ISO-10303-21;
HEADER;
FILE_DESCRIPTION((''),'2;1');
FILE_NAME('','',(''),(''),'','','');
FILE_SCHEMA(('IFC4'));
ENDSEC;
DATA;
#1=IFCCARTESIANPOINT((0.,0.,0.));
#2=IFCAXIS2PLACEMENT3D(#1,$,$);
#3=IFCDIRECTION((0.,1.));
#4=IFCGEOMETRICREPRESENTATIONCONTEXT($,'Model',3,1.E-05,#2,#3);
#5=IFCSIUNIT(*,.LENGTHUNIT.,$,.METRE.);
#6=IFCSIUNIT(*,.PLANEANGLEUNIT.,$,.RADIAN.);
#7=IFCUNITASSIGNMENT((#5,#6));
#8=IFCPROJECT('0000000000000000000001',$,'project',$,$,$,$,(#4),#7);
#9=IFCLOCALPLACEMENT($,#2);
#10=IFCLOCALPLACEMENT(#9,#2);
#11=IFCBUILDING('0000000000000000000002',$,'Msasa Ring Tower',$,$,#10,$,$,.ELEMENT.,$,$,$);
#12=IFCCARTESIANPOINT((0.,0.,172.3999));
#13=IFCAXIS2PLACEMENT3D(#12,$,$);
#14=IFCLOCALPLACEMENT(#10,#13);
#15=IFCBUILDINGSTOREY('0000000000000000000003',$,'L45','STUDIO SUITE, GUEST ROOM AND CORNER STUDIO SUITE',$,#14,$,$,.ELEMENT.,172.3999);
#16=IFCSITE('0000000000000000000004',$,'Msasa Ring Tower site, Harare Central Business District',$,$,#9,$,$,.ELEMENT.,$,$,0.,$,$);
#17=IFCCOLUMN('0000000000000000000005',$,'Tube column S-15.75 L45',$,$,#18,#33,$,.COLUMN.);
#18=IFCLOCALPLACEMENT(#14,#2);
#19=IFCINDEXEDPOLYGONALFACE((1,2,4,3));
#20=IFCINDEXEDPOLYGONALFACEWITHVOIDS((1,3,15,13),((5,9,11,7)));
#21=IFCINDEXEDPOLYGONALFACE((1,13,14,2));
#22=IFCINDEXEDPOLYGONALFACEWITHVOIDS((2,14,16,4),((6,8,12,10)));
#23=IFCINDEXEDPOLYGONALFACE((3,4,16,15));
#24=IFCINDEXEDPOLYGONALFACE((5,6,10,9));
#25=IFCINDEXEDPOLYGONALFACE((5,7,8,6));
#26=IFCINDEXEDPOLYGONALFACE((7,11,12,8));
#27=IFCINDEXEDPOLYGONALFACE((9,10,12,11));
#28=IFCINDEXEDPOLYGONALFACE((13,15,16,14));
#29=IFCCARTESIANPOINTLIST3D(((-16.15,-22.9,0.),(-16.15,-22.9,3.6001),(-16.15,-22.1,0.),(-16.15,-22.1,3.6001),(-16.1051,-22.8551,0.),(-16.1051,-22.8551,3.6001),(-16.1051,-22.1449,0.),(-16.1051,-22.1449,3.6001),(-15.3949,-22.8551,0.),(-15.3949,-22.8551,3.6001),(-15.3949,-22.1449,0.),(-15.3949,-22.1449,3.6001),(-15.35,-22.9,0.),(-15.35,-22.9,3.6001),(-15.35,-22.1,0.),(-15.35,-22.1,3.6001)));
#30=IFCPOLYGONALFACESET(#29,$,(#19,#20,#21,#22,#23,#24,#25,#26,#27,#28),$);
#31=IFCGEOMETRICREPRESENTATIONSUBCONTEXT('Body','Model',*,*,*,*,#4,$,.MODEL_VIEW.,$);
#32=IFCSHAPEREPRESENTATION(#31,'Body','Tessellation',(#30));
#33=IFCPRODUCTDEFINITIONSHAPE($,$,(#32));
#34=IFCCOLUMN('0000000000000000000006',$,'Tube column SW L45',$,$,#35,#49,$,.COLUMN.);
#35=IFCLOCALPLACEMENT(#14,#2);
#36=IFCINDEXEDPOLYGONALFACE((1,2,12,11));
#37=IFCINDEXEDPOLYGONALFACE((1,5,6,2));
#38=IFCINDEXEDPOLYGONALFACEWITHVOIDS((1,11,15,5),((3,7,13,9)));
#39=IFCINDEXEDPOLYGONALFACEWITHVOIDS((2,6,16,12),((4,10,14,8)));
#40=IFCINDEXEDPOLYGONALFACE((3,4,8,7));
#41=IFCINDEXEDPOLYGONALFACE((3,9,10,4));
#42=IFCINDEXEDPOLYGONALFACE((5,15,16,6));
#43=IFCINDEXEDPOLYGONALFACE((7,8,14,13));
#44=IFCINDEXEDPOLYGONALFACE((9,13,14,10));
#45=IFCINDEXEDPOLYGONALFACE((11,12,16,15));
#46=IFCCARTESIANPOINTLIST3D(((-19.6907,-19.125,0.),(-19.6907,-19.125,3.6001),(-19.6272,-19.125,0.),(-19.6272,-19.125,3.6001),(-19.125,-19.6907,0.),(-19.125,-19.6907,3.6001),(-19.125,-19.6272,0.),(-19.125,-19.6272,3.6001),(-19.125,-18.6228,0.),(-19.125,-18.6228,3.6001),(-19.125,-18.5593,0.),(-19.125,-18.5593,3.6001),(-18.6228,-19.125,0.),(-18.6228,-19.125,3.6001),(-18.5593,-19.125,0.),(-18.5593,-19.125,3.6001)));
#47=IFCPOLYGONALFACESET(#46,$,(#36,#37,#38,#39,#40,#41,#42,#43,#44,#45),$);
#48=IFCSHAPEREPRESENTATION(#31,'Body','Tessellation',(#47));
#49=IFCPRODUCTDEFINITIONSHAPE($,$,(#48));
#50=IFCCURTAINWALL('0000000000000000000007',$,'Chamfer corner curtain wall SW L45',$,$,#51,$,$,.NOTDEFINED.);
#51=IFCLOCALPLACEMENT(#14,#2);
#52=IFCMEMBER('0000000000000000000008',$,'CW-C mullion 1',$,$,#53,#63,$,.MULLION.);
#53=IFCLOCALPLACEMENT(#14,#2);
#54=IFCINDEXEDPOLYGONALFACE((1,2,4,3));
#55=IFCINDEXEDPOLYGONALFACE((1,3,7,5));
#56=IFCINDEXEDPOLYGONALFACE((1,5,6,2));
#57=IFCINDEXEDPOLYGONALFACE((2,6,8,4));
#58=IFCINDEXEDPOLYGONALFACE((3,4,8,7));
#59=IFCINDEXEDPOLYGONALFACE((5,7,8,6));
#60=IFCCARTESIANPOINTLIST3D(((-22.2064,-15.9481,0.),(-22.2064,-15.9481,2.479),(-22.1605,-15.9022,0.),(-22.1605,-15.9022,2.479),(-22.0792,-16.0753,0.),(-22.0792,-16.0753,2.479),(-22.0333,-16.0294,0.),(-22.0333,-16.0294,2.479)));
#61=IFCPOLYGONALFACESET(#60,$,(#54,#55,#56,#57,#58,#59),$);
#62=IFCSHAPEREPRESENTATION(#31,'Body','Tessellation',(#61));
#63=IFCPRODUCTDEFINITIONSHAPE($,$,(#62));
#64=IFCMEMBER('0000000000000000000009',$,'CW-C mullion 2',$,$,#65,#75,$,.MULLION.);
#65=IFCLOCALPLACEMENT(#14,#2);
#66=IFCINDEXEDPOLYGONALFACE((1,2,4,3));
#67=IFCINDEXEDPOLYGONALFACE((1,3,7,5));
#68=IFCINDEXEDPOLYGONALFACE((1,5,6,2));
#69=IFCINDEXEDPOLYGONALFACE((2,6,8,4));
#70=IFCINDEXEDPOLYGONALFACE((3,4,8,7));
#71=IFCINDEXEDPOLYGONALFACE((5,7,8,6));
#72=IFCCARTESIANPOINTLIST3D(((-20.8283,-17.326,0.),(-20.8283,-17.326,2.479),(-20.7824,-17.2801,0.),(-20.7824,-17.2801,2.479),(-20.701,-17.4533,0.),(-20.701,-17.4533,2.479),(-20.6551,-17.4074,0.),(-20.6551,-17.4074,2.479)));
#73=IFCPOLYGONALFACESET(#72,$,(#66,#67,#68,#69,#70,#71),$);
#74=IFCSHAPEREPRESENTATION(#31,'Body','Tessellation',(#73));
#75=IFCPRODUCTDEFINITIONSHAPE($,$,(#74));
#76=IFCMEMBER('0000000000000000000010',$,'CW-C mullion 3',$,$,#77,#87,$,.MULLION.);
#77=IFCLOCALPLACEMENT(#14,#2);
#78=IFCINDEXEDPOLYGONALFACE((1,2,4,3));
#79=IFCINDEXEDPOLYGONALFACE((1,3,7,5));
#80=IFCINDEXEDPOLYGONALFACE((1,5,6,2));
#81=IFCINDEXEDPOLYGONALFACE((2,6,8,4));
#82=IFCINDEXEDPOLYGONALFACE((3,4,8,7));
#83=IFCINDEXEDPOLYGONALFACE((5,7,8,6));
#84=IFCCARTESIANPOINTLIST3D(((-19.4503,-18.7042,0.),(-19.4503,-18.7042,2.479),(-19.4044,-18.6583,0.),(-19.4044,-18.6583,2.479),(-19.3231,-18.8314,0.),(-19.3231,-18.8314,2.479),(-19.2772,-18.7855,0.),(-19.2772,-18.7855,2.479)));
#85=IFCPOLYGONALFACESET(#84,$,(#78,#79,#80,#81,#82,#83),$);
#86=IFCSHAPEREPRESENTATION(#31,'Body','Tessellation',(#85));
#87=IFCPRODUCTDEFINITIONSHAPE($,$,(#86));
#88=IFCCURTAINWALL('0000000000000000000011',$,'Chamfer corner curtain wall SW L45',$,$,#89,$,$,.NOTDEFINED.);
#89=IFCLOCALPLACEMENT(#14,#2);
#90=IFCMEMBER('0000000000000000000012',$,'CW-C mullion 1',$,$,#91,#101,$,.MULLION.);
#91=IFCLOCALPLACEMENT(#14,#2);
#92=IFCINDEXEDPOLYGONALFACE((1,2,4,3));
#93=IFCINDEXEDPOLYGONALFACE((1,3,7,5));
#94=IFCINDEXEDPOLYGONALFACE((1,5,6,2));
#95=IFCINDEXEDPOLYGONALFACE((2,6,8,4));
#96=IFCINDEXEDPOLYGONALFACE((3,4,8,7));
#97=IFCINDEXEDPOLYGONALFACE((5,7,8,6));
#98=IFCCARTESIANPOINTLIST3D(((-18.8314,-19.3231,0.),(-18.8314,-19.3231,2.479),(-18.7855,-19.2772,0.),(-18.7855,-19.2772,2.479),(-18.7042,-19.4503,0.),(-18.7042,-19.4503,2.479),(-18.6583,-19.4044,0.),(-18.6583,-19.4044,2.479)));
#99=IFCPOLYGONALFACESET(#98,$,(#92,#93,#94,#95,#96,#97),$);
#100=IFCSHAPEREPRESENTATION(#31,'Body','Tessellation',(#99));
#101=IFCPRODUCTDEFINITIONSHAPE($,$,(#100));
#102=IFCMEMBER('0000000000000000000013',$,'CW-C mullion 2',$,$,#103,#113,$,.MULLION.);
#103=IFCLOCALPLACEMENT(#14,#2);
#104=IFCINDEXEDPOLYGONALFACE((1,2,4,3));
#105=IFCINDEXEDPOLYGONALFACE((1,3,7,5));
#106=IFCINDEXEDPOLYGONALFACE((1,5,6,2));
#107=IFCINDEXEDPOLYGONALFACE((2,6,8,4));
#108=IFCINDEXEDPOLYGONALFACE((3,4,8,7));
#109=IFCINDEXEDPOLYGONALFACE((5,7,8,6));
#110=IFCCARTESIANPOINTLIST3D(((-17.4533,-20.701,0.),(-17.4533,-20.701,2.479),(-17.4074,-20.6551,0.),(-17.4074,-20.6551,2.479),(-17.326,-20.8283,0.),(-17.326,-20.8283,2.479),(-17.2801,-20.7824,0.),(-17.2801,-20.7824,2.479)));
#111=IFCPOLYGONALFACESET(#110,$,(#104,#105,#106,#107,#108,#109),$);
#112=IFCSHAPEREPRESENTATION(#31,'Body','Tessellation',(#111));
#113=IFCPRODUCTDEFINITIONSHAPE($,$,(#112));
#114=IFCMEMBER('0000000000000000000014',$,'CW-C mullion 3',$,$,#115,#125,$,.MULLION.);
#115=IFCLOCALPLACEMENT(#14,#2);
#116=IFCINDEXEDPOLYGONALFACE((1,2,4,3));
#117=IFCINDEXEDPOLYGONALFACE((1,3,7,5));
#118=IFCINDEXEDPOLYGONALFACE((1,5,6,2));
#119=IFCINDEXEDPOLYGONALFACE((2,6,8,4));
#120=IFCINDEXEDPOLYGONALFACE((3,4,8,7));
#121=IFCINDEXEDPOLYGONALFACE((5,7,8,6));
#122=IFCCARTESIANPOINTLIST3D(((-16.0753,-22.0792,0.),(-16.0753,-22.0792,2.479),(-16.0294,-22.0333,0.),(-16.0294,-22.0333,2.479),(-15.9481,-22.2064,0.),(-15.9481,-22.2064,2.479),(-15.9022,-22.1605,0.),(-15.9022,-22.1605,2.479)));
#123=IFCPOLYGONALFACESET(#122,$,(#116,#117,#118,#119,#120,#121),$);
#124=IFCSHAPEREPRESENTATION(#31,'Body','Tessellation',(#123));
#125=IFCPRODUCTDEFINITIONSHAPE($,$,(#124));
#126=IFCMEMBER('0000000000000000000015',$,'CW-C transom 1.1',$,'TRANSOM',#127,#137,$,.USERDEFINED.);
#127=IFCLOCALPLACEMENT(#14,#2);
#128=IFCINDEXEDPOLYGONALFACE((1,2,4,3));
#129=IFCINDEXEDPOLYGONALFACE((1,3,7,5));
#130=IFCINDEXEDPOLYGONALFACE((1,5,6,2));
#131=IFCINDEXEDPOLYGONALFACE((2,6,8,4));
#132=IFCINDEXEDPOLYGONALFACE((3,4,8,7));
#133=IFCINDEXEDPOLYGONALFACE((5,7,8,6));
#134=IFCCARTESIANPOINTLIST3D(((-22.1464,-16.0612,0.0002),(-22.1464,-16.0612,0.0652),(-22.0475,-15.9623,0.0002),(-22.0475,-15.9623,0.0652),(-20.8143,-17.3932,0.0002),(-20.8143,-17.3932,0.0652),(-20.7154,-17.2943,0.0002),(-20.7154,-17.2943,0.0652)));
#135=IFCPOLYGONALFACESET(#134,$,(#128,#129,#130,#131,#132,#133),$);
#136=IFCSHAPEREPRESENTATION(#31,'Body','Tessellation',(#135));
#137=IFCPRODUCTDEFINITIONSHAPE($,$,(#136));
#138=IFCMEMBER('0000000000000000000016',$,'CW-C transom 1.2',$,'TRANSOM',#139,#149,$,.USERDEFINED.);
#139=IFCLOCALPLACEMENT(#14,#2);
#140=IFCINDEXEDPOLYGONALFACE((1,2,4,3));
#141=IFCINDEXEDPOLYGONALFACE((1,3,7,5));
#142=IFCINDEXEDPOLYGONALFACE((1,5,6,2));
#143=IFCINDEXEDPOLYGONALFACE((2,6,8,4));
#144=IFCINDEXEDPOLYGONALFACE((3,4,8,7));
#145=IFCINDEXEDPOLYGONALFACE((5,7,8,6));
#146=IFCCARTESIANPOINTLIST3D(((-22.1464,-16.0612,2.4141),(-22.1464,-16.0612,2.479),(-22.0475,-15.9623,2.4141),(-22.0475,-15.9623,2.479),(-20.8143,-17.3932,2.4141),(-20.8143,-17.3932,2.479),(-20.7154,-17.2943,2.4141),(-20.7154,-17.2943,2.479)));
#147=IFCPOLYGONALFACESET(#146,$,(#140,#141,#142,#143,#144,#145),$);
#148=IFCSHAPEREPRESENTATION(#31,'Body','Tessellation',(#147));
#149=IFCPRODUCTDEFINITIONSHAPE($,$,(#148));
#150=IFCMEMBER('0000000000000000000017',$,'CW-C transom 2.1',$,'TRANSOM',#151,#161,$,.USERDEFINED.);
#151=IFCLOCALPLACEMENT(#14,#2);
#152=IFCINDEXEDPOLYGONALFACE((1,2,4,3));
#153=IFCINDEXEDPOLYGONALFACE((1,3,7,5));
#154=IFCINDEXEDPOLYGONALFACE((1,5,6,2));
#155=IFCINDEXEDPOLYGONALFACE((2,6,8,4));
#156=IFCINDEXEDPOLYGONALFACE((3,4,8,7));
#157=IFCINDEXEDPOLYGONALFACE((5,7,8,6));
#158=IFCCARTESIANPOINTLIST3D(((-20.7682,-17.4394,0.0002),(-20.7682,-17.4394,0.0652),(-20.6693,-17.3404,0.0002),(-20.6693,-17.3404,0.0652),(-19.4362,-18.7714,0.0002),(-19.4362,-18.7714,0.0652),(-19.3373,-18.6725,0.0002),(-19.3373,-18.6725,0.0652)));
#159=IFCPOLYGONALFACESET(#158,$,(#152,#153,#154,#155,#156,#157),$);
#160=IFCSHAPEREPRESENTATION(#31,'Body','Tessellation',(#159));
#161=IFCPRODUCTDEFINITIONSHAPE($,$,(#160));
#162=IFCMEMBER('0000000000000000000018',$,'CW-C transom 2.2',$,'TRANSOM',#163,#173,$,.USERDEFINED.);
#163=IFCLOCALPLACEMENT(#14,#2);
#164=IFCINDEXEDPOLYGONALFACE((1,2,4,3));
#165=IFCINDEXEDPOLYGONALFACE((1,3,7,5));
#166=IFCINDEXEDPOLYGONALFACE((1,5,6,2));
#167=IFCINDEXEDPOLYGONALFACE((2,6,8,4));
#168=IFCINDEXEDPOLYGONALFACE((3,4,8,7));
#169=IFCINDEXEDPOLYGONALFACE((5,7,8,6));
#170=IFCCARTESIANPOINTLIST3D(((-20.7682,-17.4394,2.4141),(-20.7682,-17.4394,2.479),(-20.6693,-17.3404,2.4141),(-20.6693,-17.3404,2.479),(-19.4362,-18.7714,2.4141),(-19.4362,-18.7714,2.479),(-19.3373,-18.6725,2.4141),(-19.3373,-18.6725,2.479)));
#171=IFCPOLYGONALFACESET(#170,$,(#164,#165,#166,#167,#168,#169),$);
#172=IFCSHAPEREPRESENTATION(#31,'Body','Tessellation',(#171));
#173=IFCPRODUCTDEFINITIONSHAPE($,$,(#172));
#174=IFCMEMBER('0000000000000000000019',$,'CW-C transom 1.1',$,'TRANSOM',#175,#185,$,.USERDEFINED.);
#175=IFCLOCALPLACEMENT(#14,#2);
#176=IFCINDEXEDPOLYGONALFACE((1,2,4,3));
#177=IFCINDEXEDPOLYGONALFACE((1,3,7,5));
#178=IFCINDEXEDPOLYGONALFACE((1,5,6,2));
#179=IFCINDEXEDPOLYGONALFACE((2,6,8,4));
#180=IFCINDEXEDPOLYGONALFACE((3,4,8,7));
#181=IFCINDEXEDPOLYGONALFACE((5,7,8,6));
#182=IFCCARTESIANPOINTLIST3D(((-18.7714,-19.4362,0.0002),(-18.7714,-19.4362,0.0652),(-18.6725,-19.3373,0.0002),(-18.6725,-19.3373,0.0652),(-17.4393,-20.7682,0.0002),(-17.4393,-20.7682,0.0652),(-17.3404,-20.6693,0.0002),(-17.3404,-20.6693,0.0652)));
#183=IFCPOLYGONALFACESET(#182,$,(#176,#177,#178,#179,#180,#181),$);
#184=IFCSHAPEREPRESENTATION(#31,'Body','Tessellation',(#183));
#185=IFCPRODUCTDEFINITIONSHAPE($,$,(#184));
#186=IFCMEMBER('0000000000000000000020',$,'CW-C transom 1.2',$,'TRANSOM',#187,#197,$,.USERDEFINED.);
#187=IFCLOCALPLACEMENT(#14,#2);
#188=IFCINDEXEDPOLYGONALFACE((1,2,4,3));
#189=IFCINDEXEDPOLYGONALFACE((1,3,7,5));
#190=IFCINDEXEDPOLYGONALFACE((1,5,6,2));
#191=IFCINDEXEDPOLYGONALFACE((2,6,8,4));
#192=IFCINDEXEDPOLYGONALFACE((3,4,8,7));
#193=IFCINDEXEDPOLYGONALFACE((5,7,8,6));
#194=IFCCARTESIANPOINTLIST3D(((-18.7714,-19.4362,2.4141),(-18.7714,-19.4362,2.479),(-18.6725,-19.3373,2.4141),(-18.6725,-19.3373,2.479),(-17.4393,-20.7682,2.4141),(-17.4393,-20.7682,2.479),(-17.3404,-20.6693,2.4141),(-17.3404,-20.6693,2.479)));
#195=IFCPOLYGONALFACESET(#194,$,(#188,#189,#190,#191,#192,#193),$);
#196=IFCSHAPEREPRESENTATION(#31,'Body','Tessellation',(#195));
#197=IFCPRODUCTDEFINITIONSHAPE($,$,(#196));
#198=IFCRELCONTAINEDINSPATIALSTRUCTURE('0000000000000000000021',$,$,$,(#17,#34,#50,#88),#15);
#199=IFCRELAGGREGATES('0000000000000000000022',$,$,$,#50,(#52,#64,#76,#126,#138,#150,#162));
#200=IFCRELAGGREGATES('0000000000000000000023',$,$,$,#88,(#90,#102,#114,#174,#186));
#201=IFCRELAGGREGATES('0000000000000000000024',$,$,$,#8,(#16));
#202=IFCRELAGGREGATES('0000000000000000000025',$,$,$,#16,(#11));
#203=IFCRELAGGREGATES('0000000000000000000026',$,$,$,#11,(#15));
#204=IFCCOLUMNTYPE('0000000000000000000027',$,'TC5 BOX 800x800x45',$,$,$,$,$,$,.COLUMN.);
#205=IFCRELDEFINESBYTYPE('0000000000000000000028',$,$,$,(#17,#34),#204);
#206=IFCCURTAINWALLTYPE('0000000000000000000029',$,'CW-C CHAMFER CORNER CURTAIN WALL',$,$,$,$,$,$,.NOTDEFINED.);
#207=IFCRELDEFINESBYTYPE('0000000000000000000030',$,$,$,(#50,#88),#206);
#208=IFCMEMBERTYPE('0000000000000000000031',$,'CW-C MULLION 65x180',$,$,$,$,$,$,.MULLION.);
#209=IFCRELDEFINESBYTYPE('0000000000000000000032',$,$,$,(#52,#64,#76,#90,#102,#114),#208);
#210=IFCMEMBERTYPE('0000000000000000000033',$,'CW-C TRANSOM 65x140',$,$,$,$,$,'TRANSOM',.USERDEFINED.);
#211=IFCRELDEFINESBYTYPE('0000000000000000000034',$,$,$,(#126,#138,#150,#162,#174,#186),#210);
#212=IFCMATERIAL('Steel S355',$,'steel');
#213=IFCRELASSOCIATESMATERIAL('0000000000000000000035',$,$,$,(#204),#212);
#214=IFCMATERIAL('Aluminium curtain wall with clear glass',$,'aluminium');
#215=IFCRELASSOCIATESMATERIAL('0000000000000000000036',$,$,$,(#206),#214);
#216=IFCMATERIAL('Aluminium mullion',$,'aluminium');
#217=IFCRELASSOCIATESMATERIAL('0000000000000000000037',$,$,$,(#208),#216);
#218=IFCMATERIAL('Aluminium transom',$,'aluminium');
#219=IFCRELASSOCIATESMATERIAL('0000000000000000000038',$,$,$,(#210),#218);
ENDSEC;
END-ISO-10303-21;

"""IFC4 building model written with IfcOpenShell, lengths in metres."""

from ifc_helpers import new_model, si_unit, direction, frame, origin, origin_2d, place, context, subcontext, project, spatial, rectangle, hollow_rectangle, extrude, material, material_profile, profile_set, type_object, element, aggregate, save


model = new_model("IFC4")

# Units and contexts
model_context = context("Model", 3, precision=1e-05, world=origin(), true_north=direction((0.0, 1.0)))
body_context = subcontext(model_context, "Body", "Model", "MODEL_VIEW")
ifc_project = project(units=[si_unit("LENGTHUNIT", "METRE"), si_unit("PLANEANGLEUNIT", "RADIAN")], contexts=[model_context])

# Site, building, storey
site_placement = place(None, origin())
site = spatial("IfcSite", under=ifc_project, at=site_placement, Name="Msasa Ring Tower site, Harare Central Business District", CompositionType="ELEMENT", RefElevation=0.0)
building_placement = place(site_placement, origin())
building = spatial("IfcBuilding", under=site, at=building_placement, Name="Msasa Ring Tower", CompositionType="ELEMENT")
storey_placement = place(building_placement, frame((0.0, 0.0, 172.3999)))
storey = spatial("IfcBuildingStorey", under=building, at=storey_placement, Name="L45", Description="STUDIO SUITE, GUEST ROOM AND CORNER STUDIO SUITE", CompositionType="ELEMENT", Elevation=172.3999)

# Columns
ifc_material_1 = material(Name="Steel S355", Category="steel")
ifc_material_profile_1 = material_profile(ifc_material_1, hollow_rectangle(XDim=0.8, YDim=0.8, WallThickness=0.0449, at=origin_2d()), Name="BOX 800x800x45")
ifc_profile_set_1 = profile_set([ifc_material_profile_1], Name="Steel S355")
column_type = type_object("IfcColumnType", Name="TC5 BOX 800x800x45", PredefinedType="COLUMN", material=ifc_profile_set_1)
for number, where, z_axis, x_axis, name in (
    (1, (-15.75, -22.5, 0.0), (0.0, 0.0, 1.0), (0.0, 1.0, 0.0), "Tube column S-15.75 L45"),
    (2, (-19.125, -19.125, 0.0), (0.0, 0.0, 1.0), (0.707107, 0.707107, 0.0), "Tube column SW L45"),
):
    element("IfcColumn", number, at=place(storey_placement, frame(where, z_axis=z_axis, x_axis=x_axis)), inside=storey, type_object=column_type, Name=name, PredefinedType="COLUMN", context=body_context, shape_type="SweptSolid", body=[
        extrude(hollow_rectangle(XDim=0.8, YDim=0.8, WallThickness=0.0449, at=origin_2d()), origin(), (0.0, 0.0, 1.0), 3.6001),
    ])

# Curtain walls, members
ifc_material_2 = material(Name="Aluminium curtain wall with clear glass", Category="aluminium")
curtain_wall_type = type_object("IfcCurtainWallType", Name="CW-C CHAMFER CORNER CURTAIN WALL", PredefinedType="NOTDEFINED", material=ifc_material_2)
curtain_wall_1_placement = place(storey_placement, origin())
curtain_wall_1 = element("IfcCurtainWall", 3, at=curtain_wall_1_placement, inside=storey, type_object=curtain_wall_type, Name="Chamfer corner curtain wall SW L45", PredefinedType="NOTDEFINED")
ifc_material_3 = material(Name="Aluminium mullion", Category="aluminium")
ifc_material_profile_2 = material_profile(ifc_material_3, rectangle(XDim=0.0649, YDim=0.1799, at=origin_2d()), Name="AL 65x180")
ifc_profile_set_2 = profile_set([ifc_material_profile_2], Name="Aluminium mullion")
member_type_1 = type_object("IfcMemberType", Name="CW-C MULLION 65x180", PredefinedType="MULLION", material=ifc_profile_set_2)
member_1_placement = place(storey_placement, frame((-22.1199, -15.9888, 0.0), z_axis=(0.0, 0.0, 1.0), x_axis=(0.707107, 0.707107, 0.0)))
member_1 = element("IfcMember", 4, at=member_1_placement, type_object=member_type_1, Name="CW-C mullion 1", PredefinedType="MULLION", context=body_context, shape_type="SweptSolid", body=[
    extrude(rectangle(XDim=0.0649, YDim=0.1799, at=origin_2d()), origin(), (0.0, 0.0, 1.0), 2.479),
])
member_2_placement = place(storey_placement, frame((-20.7417, -17.3667, 0.0), z_axis=(0.0, 0.0, 1.0), x_axis=(0.707107, 0.707107, 0.0)))
member_2 = element("IfcMember", 5, at=member_2_placement, type_object=member_type_1, Name="CW-C mullion 2", PredefinedType="MULLION", context=body_context, shape_type="SweptSolid", body=[
    extrude(rectangle(XDim=0.0649, YDim=0.1799, at=origin_2d()), origin(), (0.0, 0.0, 1.0), 2.479),
])
member_3_placement = place(storey_placement, frame((-19.3638, -18.7449, 0.0), z_axis=(0.0, 0.0, 1.0), x_axis=(0.707107, 0.707107, 0.0)))
member_3 = element("IfcMember", 6, at=member_3_placement, type_object=member_type_1, Name="CW-C mullion 3", PredefinedType="MULLION", context=body_context, shape_type="SweptSolid", body=[
    extrude(rectangle(XDim=0.0649, YDim=0.1799, at=origin_2d()), origin(), (0.0, 0.0, 1.0), 2.479),
])
curtain_wall_2_placement = place(storey_placement, origin())
curtain_wall_2 = element("IfcCurtainWall", 7, at=curtain_wall_2_placement, inside=storey, type_object=curtain_wall_type, Name="Chamfer corner curtain wall SW L45", PredefinedType="NOTDEFINED")
member_4_placement = place(storey_placement, frame((-18.7449, -19.3638, 0.0), z_axis=(0.0, 0.0, 1.0), x_axis=(0.707107, 0.707107, 0.0)))
member_4 = element("IfcMember", 8, at=member_4_placement, type_object=member_type_1, Name="CW-C mullion 1", PredefinedType="MULLION", context=body_context, shape_type="SweptSolid", body=[
    extrude(rectangle(XDim=0.0649, YDim=0.1799, at=origin_2d()), origin(), (0.0, 0.0, 1.0), 2.479),
])
member_5_placement = place(storey_placement, frame((-17.3667, -20.7417, 0.0), z_axis=(0.0, 0.0, 1.0), x_axis=(0.707107, 0.707107, 0.0)))
member_5 = element("IfcMember", 9, at=member_5_placement, type_object=member_type_1, Name="CW-C mullion 2", PredefinedType="MULLION", context=body_context, shape_type="SweptSolid", body=[
    extrude(rectangle(XDim=0.0649, YDim=0.1799, at=origin_2d()), origin(), (0.0, 0.0, 1.0), 2.479),
])
member_6_placement = place(storey_placement, frame((-15.9888, -22.1199, 0.0), z_axis=(0.0, 0.0, 1.0), x_axis=(0.707107, 0.707107, 0.0)))
member_6 = element("IfcMember", 10, at=member_6_placement, type_object=member_type_1, Name="CW-C mullion 3", PredefinedType="MULLION", context=body_context, shape_type="SweptSolid", body=[
    extrude(rectangle(XDim=0.0649, YDim=0.1799, at=origin_2d()), origin(), (0.0, 0.0, 1.0), 2.479),
])

# Members
ifc_material_4 = material(Name="Aluminium transom", Category="aluminium")
ifc_material_profile_3 = material_profile(ifc_material_4, rectangle(XDim=0.1399, YDim=0.0649, at=origin_2d()), Name="AL 65x140")
ifc_profile_set_3 = profile_set([ifc_material_profile_3], Name="Aluminium transom")
member_type_2 = type_object("IfcMemberType", Name="CW-C TRANSOM 65x140", ElementType="TRANSOM", PredefinedType="USERDEFINED", material=ifc_profile_set_3)
member_7_placement = place(storey_placement, frame((-22.0969, -16.0117, 0.0327), z_axis=(0.707107, -0.707107, 0.0), x_axis=(0.707107, 0.707107, 0.0)))
member_7 = element("IfcMember", 11, at=member_7_placement, type_object=member_type_2, Name="CW-C transom 1.1", ObjectType="TRANSOM", PredefinedType="USERDEFINED", context=body_context, shape_type="SweptSolid", body=[
    extrude(rectangle(XDim=0.1399, YDim=0.0649, at=origin_2d()), origin(), (0.0, 0.0, 1.0), 1.8838),
])
member_8_placement = place(storey_placement, frame((-22.0969, -16.0117, 2.4465), z_axis=(0.707107, -0.707107, 0.0), x_axis=(0.707107, 0.707107, 0.0)))
member_8 = element("IfcMember", 12, at=member_8_placement, type_object=member_type_2, Name="CW-C transom 1.2", ObjectType="TRANSOM", PredefinedType="USERDEFINED", context=body_context, shape_type="SweptSolid", body=[
    extrude(rectangle(XDim=0.1399, YDim=0.0649, at=origin_2d()), origin(), (0.0, 0.0, 1.0), 1.8838),
])
member_9_placement = place(storey_placement, frame((-20.7188, -17.3899, 0.0327), z_axis=(0.707107, -0.707107, 0.0), x_axis=(0.707107, 0.707107, 0.0)))
member_9 = element("IfcMember", 13, at=member_9_placement, type_object=member_type_2, Name="CW-C transom 2.1", ObjectType="TRANSOM", PredefinedType="USERDEFINED", context=body_context, shape_type="SweptSolid", body=[
    extrude(rectangle(XDim=0.1399, YDim=0.0649, at=origin_2d()), origin(), (0.0, 0.0, 1.0), 1.8838),
])
member_10_placement = place(storey_placement, frame((-20.7188, -17.3899, 2.4465), z_axis=(0.707107, -0.707107, 0.0), x_axis=(0.707107, 0.707107, 0.0)))
member_10 = element("IfcMember", 14, at=member_10_placement, type_object=member_type_2, Name="CW-C transom 2.2", ObjectType="TRANSOM", PredefinedType="USERDEFINED", context=body_context, shape_type="SweptSolid", body=[
    extrude(rectangle(XDim=0.1399, YDim=0.0649, at=origin_2d()), origin(), (0.0, 0.0, 1.0), 1.8838),
])
member_11_placement = place(storey_placement, frame((-18.7219, -19.3867, 0.0327), z_axis=(0.707107, -0.707107, 0.0), x_axis=(0.707107, 0.707107, 0.0)))
member_11 = element("IfcMember", 15, at=member_11_placement, type_object=member_type_2, Name="CW-C transom 1.1", ObjectType="TRANSOM", PredefinedType="USERDEFINED", context=body_context, shape_type="SweptSolid", body=[
    extrude(rectangle(XDim=0.1399, YDim=0.0649, at=origin_2d()), origin(), (0.0, 0.0, 1.0), 1.8838),
])
member_12_placement = place(storey_placement, frame((-18.7219, -19.3867, 2.4465), z_axis=(0.707107, -0.707107, 0.0), x_axis=(0.707107, 0.707107, 0.0)))
member_12 = element("IfcMember", 16, at=member_12_placement, type_object=member_type_2, Name="CW-C transom 1.2", ObjectType="TRANSOM", PredefinedType="USERDEFINED", context=body_context, shape_type="SweptSolid", body=[
    extrude(rectangle(XDim=0.1399, YDim=0.0649, at=origin_2d()), origin(), (0.0, 0.0, 1.0), 1.8838),
])

aggregate(curtain_wall_1, [member_1, member_2, member_3, member_7, member_8, member_9, member_10])
aggregate(curtain_wall_2, [member_4, member_5, member_6, member_11, member_12])

save(model, "model.ifc")
